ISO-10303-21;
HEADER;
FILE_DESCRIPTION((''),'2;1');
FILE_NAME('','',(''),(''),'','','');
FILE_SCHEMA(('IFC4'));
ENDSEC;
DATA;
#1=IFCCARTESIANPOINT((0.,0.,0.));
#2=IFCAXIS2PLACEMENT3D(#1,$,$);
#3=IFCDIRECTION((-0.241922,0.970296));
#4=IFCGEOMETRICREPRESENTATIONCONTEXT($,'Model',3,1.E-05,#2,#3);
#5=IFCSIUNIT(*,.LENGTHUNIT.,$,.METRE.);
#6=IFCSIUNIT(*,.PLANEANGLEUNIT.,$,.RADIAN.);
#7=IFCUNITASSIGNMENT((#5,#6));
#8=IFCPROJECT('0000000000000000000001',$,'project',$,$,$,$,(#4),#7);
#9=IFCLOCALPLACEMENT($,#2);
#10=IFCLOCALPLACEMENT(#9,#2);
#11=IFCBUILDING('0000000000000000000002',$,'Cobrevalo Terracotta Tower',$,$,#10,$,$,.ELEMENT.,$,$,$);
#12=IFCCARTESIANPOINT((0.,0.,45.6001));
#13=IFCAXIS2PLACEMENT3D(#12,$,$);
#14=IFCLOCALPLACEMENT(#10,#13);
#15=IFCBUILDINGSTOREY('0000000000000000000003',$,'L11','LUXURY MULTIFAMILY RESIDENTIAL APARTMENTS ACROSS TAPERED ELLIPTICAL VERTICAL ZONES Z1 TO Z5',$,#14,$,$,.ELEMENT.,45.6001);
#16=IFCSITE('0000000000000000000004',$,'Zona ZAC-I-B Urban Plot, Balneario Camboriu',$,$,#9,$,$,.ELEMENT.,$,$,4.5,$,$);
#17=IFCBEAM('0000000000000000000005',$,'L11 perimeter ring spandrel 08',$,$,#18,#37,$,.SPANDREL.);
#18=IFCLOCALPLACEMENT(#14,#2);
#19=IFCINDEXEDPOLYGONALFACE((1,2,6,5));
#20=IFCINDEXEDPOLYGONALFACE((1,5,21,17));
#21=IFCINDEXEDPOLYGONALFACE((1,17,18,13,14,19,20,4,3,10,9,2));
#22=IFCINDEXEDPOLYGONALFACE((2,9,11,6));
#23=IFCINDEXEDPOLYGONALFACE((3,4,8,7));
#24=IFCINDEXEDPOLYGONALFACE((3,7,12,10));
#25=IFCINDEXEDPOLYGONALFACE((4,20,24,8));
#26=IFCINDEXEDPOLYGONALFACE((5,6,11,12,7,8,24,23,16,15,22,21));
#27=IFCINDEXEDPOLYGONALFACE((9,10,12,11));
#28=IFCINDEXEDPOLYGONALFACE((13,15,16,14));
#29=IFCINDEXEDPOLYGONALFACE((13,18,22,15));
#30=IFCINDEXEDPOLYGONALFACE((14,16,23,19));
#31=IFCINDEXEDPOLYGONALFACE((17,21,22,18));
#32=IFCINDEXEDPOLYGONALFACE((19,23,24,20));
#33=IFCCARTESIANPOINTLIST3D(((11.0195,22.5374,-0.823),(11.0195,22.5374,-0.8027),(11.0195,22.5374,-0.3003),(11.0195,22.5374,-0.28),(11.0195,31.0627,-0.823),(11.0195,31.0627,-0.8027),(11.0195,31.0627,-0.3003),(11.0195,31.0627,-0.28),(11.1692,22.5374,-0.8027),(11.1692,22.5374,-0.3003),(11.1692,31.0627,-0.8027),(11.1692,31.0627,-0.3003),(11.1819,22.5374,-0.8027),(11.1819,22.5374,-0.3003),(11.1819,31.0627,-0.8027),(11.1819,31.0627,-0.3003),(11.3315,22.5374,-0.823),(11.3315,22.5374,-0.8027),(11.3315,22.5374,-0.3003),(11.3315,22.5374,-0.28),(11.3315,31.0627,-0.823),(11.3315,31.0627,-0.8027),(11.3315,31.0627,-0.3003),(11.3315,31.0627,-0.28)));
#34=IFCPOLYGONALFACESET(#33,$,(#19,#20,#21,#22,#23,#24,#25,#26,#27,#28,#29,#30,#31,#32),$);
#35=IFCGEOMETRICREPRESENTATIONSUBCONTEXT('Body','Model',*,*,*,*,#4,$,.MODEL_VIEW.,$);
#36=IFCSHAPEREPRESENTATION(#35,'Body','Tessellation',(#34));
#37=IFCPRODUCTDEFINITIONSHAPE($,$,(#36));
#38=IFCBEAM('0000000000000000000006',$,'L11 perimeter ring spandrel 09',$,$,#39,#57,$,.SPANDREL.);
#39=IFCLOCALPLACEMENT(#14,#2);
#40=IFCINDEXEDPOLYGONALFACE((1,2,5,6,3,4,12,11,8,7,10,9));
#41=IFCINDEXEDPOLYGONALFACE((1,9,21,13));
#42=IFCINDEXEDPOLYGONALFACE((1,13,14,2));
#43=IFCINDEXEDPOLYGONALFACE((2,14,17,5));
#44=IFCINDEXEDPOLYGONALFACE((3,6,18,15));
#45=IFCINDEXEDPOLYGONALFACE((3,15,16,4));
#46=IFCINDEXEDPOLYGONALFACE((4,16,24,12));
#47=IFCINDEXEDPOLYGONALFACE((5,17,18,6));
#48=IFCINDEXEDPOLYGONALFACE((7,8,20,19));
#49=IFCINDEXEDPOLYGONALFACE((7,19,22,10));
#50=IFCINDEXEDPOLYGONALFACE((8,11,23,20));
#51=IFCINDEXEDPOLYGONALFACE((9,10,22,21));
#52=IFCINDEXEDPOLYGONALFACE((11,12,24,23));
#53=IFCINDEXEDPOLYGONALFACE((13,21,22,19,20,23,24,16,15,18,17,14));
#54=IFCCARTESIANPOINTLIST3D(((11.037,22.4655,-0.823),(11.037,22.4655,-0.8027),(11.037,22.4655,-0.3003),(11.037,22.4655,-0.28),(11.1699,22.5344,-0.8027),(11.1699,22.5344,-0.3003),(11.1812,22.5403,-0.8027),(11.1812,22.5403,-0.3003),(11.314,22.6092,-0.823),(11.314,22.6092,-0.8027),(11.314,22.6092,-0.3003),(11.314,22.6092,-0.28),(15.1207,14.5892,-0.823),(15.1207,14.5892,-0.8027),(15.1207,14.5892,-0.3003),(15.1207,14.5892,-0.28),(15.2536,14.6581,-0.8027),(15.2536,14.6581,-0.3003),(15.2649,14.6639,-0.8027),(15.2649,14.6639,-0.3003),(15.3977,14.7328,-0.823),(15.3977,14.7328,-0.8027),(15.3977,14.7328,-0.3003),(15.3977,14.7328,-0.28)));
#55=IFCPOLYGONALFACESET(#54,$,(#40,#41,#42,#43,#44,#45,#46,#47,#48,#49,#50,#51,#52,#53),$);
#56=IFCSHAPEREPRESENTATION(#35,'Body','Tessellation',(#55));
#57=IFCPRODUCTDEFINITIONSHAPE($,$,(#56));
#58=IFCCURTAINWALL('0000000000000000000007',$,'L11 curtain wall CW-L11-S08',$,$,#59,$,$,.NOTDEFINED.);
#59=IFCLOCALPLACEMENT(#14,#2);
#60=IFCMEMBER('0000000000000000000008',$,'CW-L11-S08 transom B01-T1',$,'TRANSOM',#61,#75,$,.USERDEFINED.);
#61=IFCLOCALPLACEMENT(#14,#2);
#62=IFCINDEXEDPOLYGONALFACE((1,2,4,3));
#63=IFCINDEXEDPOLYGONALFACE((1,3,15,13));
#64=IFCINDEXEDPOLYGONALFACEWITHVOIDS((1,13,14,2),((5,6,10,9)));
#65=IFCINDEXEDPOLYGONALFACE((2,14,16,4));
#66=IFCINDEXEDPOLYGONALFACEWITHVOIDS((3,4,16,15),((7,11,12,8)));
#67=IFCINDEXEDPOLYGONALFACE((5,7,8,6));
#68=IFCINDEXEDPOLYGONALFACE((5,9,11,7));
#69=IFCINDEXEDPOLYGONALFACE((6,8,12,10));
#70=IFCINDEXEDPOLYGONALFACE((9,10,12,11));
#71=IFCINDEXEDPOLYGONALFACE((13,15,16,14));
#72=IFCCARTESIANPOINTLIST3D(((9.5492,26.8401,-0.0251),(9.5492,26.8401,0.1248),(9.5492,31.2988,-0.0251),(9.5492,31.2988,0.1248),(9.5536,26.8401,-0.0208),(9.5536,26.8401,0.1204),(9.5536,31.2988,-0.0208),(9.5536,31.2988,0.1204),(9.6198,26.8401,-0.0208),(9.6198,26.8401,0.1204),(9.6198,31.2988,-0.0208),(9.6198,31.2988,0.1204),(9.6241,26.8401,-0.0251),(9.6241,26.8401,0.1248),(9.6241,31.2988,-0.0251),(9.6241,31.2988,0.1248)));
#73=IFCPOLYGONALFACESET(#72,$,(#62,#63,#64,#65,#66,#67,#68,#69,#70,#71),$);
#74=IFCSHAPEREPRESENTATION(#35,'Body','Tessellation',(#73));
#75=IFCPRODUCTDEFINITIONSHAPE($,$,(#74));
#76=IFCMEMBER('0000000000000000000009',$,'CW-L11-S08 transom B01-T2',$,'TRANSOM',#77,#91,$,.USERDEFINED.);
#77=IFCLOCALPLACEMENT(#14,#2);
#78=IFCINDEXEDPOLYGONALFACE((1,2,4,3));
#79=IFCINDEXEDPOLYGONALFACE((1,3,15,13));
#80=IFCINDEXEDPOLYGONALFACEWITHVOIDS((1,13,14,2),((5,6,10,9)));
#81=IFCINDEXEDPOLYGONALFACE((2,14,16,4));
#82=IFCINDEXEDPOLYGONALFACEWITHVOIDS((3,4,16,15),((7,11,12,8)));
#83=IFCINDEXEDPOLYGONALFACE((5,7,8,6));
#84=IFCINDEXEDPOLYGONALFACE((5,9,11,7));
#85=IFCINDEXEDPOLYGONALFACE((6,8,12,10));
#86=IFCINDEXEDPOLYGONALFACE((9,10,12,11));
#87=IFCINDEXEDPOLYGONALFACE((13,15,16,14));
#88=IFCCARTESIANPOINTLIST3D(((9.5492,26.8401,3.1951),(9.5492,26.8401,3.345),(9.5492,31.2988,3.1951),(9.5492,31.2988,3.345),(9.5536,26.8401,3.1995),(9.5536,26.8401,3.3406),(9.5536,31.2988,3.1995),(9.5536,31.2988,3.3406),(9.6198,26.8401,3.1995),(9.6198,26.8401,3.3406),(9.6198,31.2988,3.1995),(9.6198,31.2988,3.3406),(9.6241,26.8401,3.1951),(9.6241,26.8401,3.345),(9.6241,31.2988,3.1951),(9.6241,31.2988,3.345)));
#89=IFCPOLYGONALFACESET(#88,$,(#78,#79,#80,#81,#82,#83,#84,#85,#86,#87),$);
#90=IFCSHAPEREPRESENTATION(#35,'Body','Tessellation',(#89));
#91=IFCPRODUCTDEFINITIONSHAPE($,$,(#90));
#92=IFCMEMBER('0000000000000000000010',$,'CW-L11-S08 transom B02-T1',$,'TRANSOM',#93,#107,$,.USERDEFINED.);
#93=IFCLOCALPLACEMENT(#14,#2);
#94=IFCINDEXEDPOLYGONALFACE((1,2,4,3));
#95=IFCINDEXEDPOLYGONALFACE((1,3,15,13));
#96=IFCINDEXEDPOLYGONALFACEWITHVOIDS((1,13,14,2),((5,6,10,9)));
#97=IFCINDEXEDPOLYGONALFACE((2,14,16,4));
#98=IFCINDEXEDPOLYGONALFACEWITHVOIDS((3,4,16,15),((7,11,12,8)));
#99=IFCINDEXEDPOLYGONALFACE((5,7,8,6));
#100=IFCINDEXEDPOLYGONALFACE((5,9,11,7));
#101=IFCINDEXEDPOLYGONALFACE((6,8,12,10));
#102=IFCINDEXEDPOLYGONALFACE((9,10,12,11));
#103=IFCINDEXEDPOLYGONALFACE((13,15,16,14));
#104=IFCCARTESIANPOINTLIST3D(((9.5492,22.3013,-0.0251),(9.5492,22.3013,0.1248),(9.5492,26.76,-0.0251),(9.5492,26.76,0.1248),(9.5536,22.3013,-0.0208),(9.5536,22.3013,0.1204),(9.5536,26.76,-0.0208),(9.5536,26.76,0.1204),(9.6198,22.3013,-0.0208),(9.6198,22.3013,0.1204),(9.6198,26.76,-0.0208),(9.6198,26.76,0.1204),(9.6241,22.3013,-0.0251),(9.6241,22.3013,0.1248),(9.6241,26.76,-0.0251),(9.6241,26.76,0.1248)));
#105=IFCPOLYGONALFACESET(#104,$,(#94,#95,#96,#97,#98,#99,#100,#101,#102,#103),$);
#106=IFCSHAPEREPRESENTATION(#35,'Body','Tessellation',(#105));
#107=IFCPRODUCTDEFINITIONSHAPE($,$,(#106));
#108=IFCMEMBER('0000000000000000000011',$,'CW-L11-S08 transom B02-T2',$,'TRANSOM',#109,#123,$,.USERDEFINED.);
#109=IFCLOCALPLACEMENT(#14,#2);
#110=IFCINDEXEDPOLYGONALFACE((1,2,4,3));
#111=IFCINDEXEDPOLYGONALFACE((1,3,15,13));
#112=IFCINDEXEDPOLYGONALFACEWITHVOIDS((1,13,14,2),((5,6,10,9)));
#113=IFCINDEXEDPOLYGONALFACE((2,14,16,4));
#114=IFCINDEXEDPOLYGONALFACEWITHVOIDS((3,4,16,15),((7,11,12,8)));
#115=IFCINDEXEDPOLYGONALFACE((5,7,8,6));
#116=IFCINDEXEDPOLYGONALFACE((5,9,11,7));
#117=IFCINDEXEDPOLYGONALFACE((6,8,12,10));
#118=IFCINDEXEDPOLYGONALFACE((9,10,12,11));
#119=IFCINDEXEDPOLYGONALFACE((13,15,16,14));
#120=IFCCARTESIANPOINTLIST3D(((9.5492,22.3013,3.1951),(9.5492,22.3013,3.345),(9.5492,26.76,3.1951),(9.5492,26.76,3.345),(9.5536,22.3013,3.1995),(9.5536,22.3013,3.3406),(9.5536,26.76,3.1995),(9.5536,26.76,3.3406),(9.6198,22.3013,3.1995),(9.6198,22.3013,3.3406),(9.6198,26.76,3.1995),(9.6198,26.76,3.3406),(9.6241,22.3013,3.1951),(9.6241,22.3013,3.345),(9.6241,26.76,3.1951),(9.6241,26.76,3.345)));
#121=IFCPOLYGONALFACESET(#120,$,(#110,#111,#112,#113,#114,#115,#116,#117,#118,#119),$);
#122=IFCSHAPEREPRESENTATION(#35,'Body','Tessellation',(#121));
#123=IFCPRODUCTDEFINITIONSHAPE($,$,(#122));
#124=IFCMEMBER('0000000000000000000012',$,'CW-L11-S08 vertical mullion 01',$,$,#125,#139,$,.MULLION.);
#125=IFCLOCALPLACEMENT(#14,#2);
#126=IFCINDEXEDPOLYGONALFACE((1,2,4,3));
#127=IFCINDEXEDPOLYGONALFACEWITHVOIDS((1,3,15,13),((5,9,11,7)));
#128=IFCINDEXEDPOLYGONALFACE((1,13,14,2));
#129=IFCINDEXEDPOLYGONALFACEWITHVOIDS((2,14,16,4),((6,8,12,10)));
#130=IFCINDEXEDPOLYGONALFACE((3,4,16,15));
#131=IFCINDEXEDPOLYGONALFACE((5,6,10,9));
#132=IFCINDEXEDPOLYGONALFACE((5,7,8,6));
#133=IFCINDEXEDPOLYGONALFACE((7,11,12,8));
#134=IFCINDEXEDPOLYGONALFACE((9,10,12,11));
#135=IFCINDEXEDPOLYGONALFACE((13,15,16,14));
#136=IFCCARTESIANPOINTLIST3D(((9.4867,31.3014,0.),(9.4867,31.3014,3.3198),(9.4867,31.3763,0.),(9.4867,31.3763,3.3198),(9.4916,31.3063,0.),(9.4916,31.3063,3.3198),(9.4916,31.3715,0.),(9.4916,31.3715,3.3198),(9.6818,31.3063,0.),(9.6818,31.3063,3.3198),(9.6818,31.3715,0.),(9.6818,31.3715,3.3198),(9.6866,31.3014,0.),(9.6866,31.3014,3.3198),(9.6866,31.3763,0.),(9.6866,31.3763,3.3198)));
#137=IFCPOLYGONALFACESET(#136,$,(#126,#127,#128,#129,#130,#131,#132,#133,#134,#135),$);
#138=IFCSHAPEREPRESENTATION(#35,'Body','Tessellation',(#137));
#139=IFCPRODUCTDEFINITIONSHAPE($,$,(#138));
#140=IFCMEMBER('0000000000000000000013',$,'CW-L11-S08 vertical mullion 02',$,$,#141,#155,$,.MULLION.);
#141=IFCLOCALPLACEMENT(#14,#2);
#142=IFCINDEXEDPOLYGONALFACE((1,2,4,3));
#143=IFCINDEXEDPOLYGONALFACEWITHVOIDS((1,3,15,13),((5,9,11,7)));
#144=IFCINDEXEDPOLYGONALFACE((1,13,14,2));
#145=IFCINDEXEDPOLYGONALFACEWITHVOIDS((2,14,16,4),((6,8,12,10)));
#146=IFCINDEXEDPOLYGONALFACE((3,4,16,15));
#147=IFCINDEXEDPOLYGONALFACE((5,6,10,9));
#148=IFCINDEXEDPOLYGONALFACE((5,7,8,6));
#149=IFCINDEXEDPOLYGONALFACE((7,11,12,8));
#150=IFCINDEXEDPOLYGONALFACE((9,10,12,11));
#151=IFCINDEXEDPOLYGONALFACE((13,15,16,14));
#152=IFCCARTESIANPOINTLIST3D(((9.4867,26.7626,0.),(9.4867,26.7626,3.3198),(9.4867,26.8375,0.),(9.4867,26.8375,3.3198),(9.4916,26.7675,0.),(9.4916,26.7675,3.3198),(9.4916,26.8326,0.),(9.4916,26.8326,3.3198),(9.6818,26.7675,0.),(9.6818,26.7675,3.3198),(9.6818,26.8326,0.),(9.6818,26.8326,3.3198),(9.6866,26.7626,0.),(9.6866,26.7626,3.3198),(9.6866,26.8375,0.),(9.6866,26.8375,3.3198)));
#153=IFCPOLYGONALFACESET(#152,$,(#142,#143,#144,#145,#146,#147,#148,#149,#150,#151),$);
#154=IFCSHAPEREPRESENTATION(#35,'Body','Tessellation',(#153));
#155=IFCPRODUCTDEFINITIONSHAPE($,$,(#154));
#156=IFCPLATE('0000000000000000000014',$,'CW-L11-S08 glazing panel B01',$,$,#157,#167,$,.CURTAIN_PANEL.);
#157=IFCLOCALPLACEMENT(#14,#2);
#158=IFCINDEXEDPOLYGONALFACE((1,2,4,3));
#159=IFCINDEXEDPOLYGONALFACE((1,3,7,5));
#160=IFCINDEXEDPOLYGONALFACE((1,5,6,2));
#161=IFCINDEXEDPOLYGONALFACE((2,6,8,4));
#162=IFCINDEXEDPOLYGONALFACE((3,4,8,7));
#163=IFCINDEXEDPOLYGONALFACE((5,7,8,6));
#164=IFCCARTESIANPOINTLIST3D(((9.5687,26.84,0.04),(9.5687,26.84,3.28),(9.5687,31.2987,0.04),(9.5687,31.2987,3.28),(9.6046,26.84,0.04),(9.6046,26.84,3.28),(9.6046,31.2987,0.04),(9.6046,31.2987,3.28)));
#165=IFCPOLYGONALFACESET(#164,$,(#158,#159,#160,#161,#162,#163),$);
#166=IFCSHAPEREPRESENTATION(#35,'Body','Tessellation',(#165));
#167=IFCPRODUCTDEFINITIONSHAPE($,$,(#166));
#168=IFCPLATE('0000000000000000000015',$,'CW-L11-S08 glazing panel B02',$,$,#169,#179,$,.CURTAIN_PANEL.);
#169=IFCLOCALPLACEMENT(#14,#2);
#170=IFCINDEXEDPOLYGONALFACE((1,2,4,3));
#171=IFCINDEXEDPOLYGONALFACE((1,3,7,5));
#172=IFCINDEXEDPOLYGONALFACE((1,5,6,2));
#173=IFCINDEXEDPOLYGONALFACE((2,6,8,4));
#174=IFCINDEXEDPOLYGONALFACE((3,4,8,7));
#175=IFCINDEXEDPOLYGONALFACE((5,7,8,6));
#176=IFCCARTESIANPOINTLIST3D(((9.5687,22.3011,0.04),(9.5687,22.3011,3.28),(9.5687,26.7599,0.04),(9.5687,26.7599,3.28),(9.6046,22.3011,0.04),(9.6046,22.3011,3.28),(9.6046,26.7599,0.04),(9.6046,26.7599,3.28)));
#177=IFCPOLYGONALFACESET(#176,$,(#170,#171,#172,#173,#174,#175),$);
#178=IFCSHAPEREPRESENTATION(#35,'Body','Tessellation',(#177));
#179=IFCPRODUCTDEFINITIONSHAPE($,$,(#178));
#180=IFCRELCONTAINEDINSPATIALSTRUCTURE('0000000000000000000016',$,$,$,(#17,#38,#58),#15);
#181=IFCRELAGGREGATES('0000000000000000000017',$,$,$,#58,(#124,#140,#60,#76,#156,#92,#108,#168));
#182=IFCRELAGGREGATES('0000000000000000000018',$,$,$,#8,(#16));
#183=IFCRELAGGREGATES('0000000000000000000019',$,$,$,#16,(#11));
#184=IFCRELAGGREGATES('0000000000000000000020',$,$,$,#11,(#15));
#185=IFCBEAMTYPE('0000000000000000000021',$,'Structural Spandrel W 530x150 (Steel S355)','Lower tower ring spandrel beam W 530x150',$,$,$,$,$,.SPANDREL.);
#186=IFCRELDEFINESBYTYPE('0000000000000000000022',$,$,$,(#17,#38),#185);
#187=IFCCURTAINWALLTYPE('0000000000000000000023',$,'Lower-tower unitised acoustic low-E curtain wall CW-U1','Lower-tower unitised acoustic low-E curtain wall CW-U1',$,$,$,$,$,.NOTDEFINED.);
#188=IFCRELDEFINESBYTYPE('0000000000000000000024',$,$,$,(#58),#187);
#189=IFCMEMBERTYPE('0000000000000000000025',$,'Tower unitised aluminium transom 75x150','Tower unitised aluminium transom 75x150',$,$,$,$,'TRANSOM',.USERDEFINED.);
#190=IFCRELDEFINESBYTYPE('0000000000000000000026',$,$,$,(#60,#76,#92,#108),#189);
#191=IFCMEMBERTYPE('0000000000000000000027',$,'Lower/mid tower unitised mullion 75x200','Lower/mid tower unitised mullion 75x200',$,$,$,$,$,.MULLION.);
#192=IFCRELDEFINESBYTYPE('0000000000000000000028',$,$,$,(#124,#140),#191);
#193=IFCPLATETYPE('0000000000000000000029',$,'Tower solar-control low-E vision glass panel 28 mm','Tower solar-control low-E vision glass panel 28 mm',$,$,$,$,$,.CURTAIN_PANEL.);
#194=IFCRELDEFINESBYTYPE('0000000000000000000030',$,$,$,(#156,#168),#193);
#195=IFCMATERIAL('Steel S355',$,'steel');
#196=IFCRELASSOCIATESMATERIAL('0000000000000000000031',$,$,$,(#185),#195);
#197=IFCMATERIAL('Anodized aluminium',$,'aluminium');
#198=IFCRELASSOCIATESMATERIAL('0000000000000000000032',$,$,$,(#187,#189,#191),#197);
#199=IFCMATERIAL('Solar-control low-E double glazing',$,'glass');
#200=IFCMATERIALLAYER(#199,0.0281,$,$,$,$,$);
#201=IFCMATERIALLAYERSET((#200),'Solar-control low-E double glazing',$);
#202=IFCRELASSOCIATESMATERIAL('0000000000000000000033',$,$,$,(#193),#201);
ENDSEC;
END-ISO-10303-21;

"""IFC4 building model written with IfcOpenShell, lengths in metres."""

from ifc_helpers import new_model, si_unit, direction, frame, origin, origin_2d, place, context, subcontext, project, spatial, rectangle, hollow_rectangle, i_section, extrude, source, transform, mapped, material, layer, layer_set, material_profile, profile_set, type_object, element, aggregate, save


model = new_model("IFC4")

# Units and contexts
model_context = context("Model", 3, precision=1e-05, world=origin(), true_north=direction((-0.241922, 0.970296)))
body_context = subcontext(model_context, "Body", "Model", "MODEL_VIEW")
ifc_project = project(units=[si_unit("LENGTHUNIT", "METRE"), si_unit("PLANEANGLEUNIT", "RADIAN")], contexts=[model_context])

# Site, building, storey
site_placement = place(None, origin())
site = spatial("IfcSite", under=ifc_project, at=site_placement, Name="Zona ZAC-I-B Urban Plot, Balneario Camboriu", CompositionType="ELEMENT", RefElevation=4.5)
building_placement = place(site_placement, origin())
building = spatial("IfcBuilding", under=site, at=building_placement, Name="Cobrevalo Terracotta Tower", CompositionType="ELEMENT")
storey_placement = place(building_placement, frame((0.0, 0.0, 45.6001)))
storey = spatial("IfcBuildingStorey", under=building, at=storey_placement, Name="L11", Description="LUXURY MULTIFAMILY RESIDENTIAL APARTMENTS ACROSS TAPERED ELLIPTICAL VERTICAL ZONES Z1 TO Z5", CompositionType="ELEMENT", Elevation=45.6001)

# Shared definitions
ifc_material_1 = material(Name="Steel S355", Category="steel")

# Beams
ifc_material_profile_1 = material_profile(ifc_material_1, i_section(OverallWidth=0.312, OverallDepth=0.543, WebThickness=0.0127, FlangeThickness=0.0203, at=origin_2d()), Name="W 530x150")
ifc_profile_set_1 = profile_set([ifc_material_profile_1], Name="Steel S355")
beam_type_1 = type_object("IfcBeamType", Name="Structural Spandrel W 530x150 (Steel S355)", Description="Lower tower ring spandrel beam W 530x150", PredefinedType="SPANDREL", material=ifc_profile_set_1)
beam_1_placement = place(storey_placement, frame((11.1755, 31.0627, -0.5515), z_axis=(0.0, -1.0, 0.0), x_axis=(1.0, 0.0, 0.0)))
element("IfcBeam", 1, at=beam_1_placement, inside=storey, type_object=beam_type_1, Name="L11 perimeter ring spandrel 08", PredefinedType="SPANDREL", context=body_context, shape_type="SweptSolid", body=[
    extrude(i_section(OverallWidth=0.312, OverallDepth=0.543, WebThickness=0.0127, FlangeThickness=0.0203, at=origin_2d()), origin(), (0.0, 0.0, 1.0), 8.5254),
])
beam_2_placement = place(storey_placement, frame((11.1755, 22.5374, -0.5515), z_axis=(0.460286, -0.887771, 0.0), x_axis=(0.887771, 0.460286, 0.0)))
element("IfcBeam", 2, at=beam_2_placement, inside=storey, type_object=beam_type_1, Name="L11 perimeter ring spandrel 09", PredefinedType="SPANDREL", context=body_context, shape_type="SweptSolid", body=[
    extrude(i_section(OverallWidth=0.312, OverallDepth=0.543, WebThickness=0.0127, FlangeThickness=0.0203, at=origin_2d()), origin(), (0.0, 0.0, 1.0), 8.8721),
])

# Curtain wall, members, plates
ifc_material_2 = material(Name="Anodized aluminium", Category="aluminium")
curtain_wall_type = type_object("IfcCurtainWallType", Name="Lower-tower unitised acoustic low-E curtain wall CW-U1", Description="Lower-tower unitised acoustic low-E curtain wall CW-U1", PredefinedType="NOTDEFINED", material=ifc_material_2)
curtain_wall_placement = place(storey_placement, origin())
curtain_wall = element("IfcCurtainWall", 3, at=curtain_wall_placement, inside=storey, type_object=curtain_wall_type, Name="L11 curtain wall CW-L11-S08", PredefinedType="NOTDEFINED")
ifc_material_profile_2 = material_profile(ifc_material_2, hollow_rectangle(XDim=0.075, YDim=0.1499, WallThickness=0.0044, at=origin_2d()), Name="CWT 75x150")
ifc_profile_set_2 = profile_set([ifc_material_profile_2], Name="Anodized aluminium")
member_type_1 = type_object("IfcMemberType", Name="Tower unitised aluminium transom 75x150", Description="Tower unitised aluminium transom 75x150", ElementType="TRANSOM", PredefinedType="USERDEFINED", material=ifc_profile_set_2)
shared_shape_1 = source(origin(), body_context, "Body", "SweptSolid", [
    extrude(hollow_rectangle(XDim=0.075, YDim=0.1499, WallThickness=0.0044, at=origin_2d()), origin(), (0.0, 0.0, 1.0), 4.4587),
])
member_1_placement = place(storey_placement, frame((9.5867, 31.2988, 0.0498), z_axis=(0.0, -1.0, 0.0), x_axis=(1.0, 0.0, 0.0)))
member_1 = element("IfcMember", 4, at=member_1_placement, type_object=member_type_1, Name="CW-L11-S08 transom B01-T1", ObjectType="TRANSOM", PredefinedType="USERDEFINED", context=body_context, shape_type="MappedRepresentation", body=[
    mapped(shared_shape_1, transform((0.0, 0.0, 0.0), scale=1.0)),
])
member_2_placement = place(storey_placement, frame((9.5867, 31.2988, 3.27), z_axis=(0.0, -1.0, 0.0), x_axis=(1.0, 0.0, 0.0)))
member_2 = element("IfcMember", 5, at=member_2_placement, type_object=member_type_1, Name="CW-L11-S08 transom B01-T2", ObjectType="TRANSOM", PredefinedType="USERDEFINED", context=body_context, shape_type="MappedRepresentation", body=[
    mapped(shared_shape_1, transform((0.0, 0.0, 0.0), scale=1.0)),
])
member_3_placement = place(storey_placement, frame((9.5867, 26.76, 0.0498), z_axis=(0.0, -1.0, 0.0), x_axis=(1.0, 0.0, 0.0)))
member_3 = element("IfcMember", 6, at=member_3_placement, type_object=member_type_1, Name="CW-L11-S08 transom B02-T1", ObjectType="TRANSOM", PredefinedType="USERDEFINED", context=body_context, shape_type="MappedRepresentation", body=[
    mapped(shared_shape_1, transform((0.0, 0.0, 0.0), scale=1.0)),
])
member_4_placement = place(storey_placement, frame((9.5867, 26.76, 3.27), z_axis=(0.0, -1.0, 0.0), x_axis=(1.0, 0.0, 0.0)))
member_4 = element("IfcMember", 7, at=member_4_placement, type_object=member_type_1, Name="CW-L11-S08 transom B02-T2", ObjectType="TRANSOM", PredefinedType="USERDEFINED", context=body_context, shape_type="MappedRepresentation", body=[
    mapped(shared_shape_1, transform((0.0, 0.0, 0.0), scale=1.0)),
])
ifc_material_profile_3 = material_profile(ifc_material_2, hollow_rectangle(XDim=0.075, YDim=0.2, WallThickness=0.0049, at=origin_2d()), Name="CWM 75x200")
ifc_profile_set_3 = profile_set([ifc_material_profile_3], Name="Anodized aluminium")
member_type_2 = type_object("IfcMemberType", Name="Lower/mid tower unitised mullion 75x200", Description="Lower/mid tower unitised mullion 75x200", PredefinedType="MULLION", material=ifc_profile_set_3)
shared_shape_2 = source(origin(), body_context, "Body", "SweptSolid", [
    extrude(hollow_rectangle(XDim=0.075, YDim=0.2, WallThickness=0.0049, at=origin_2d()), origin(), (0.0, 0.0, 1.0), 3.3198),
])
member_5_placement = place(storey_placement, frame((9.5867, 31.3389, 0.0), z_axis=(0.0, 0.0, 1.0), x_axis=(0.0, -1.0, 0.0)))
member_5 = element("IfcMember", 8, at=member_5_placement, type_object=member_type_2, Name="CW-L11-S08 vertical mullion 01", PredefinedType="MULLION", context=body_context, shape_type="MappedRepresentation", body=[
    mapped(shared_shape_2, transform((0.0, 0.0, 0.0), scale=1.0)),
])
member_6_placement = place(storey_placement, frame((9.5867, 26.8, 0.0), z_axis=(0.0, 0.0, 1.0), x_axis=(0.0, -1.0, 0.0)))
member_6 = element("IfcMember", 9, at=member_6_placement, type_object=member_type_2, Name="CW-L11-S08 vertical mullion 02", PredefinedType="MULLION", context=body_context, shape_type="MappedRepresentation", body=[
    mapped(shared_shape_2, transform((0.0, 0.0, 0.0), scale=1.0)),
])
ifc_material_3 = material(Name="Solar-control low-E double glazing", Category="glass")
ifc_layer_1 = layer(ifc_material_3, 0.0281)
ifc_layer_set_1 = layer_set([ifc_layer_1], Name="Solar-control low-E double glazing")
plate_type = type_object("IfcPlateType", Name="Tower solar-control low-E vision glass panel 28 mm", Description="Tower solar-control low-E vision glass panel 28 mm", PredefinedType="CURTAIN_PANEL", material=ifc_layer_set_1)
shared_shape_3 = source(origin(), body_context, "Body", "SweptSolid", [
    extrude(rectangle(XDim=4.4587, YDim=0.0359, at=origin_2d()), origin(), (0.0, 0.0, 1.0), 3.24),
])
plate_1_placement = place(storey_placement, frame((9.5867, 29.0693, 0.04), z_axis=(0.0, 0.0, 1.0), x_axis=(0.0, -1.0, 0.0)))
plate_1 = element("IfcPlate", 10, at=plate_1_placement, type_object=plate_type, Name="CW-L11-S08 glazing panel B01", PredefinedType="CURTAIN_PANEL", context=body_context, shape_type="MappedRepresentation", body=[
    mapped(shared_shape_3, transform((0.0, 0.0, 0.0), scale=1.0)),
])
plate_2_placement = place(storey_placement, frame((9.5867, 24.5305, 0.04), z_axis=(0.0, 0.0, 1.0), x_axis=(0.0, -1.0, 0.0)))
plate_2 = element("IfcPlate", 11, at=plate_2_placement, type_object=plate_type, Name="CW-L11-S08 glazing panel B02", PredefinedType="CURTAIN_PANEL", context=body_context, shape_type="MappedRepresentation", body=[
    mapped(shared_shape_3, transform((0.0, 0.0, 0.0), scale=1.0)),
])
aggregate(curtain_wall, [member_5, member_6, member_1, member_2, plate_1, member_3, member_4, plate_2])

save(model, "model.ifc")
